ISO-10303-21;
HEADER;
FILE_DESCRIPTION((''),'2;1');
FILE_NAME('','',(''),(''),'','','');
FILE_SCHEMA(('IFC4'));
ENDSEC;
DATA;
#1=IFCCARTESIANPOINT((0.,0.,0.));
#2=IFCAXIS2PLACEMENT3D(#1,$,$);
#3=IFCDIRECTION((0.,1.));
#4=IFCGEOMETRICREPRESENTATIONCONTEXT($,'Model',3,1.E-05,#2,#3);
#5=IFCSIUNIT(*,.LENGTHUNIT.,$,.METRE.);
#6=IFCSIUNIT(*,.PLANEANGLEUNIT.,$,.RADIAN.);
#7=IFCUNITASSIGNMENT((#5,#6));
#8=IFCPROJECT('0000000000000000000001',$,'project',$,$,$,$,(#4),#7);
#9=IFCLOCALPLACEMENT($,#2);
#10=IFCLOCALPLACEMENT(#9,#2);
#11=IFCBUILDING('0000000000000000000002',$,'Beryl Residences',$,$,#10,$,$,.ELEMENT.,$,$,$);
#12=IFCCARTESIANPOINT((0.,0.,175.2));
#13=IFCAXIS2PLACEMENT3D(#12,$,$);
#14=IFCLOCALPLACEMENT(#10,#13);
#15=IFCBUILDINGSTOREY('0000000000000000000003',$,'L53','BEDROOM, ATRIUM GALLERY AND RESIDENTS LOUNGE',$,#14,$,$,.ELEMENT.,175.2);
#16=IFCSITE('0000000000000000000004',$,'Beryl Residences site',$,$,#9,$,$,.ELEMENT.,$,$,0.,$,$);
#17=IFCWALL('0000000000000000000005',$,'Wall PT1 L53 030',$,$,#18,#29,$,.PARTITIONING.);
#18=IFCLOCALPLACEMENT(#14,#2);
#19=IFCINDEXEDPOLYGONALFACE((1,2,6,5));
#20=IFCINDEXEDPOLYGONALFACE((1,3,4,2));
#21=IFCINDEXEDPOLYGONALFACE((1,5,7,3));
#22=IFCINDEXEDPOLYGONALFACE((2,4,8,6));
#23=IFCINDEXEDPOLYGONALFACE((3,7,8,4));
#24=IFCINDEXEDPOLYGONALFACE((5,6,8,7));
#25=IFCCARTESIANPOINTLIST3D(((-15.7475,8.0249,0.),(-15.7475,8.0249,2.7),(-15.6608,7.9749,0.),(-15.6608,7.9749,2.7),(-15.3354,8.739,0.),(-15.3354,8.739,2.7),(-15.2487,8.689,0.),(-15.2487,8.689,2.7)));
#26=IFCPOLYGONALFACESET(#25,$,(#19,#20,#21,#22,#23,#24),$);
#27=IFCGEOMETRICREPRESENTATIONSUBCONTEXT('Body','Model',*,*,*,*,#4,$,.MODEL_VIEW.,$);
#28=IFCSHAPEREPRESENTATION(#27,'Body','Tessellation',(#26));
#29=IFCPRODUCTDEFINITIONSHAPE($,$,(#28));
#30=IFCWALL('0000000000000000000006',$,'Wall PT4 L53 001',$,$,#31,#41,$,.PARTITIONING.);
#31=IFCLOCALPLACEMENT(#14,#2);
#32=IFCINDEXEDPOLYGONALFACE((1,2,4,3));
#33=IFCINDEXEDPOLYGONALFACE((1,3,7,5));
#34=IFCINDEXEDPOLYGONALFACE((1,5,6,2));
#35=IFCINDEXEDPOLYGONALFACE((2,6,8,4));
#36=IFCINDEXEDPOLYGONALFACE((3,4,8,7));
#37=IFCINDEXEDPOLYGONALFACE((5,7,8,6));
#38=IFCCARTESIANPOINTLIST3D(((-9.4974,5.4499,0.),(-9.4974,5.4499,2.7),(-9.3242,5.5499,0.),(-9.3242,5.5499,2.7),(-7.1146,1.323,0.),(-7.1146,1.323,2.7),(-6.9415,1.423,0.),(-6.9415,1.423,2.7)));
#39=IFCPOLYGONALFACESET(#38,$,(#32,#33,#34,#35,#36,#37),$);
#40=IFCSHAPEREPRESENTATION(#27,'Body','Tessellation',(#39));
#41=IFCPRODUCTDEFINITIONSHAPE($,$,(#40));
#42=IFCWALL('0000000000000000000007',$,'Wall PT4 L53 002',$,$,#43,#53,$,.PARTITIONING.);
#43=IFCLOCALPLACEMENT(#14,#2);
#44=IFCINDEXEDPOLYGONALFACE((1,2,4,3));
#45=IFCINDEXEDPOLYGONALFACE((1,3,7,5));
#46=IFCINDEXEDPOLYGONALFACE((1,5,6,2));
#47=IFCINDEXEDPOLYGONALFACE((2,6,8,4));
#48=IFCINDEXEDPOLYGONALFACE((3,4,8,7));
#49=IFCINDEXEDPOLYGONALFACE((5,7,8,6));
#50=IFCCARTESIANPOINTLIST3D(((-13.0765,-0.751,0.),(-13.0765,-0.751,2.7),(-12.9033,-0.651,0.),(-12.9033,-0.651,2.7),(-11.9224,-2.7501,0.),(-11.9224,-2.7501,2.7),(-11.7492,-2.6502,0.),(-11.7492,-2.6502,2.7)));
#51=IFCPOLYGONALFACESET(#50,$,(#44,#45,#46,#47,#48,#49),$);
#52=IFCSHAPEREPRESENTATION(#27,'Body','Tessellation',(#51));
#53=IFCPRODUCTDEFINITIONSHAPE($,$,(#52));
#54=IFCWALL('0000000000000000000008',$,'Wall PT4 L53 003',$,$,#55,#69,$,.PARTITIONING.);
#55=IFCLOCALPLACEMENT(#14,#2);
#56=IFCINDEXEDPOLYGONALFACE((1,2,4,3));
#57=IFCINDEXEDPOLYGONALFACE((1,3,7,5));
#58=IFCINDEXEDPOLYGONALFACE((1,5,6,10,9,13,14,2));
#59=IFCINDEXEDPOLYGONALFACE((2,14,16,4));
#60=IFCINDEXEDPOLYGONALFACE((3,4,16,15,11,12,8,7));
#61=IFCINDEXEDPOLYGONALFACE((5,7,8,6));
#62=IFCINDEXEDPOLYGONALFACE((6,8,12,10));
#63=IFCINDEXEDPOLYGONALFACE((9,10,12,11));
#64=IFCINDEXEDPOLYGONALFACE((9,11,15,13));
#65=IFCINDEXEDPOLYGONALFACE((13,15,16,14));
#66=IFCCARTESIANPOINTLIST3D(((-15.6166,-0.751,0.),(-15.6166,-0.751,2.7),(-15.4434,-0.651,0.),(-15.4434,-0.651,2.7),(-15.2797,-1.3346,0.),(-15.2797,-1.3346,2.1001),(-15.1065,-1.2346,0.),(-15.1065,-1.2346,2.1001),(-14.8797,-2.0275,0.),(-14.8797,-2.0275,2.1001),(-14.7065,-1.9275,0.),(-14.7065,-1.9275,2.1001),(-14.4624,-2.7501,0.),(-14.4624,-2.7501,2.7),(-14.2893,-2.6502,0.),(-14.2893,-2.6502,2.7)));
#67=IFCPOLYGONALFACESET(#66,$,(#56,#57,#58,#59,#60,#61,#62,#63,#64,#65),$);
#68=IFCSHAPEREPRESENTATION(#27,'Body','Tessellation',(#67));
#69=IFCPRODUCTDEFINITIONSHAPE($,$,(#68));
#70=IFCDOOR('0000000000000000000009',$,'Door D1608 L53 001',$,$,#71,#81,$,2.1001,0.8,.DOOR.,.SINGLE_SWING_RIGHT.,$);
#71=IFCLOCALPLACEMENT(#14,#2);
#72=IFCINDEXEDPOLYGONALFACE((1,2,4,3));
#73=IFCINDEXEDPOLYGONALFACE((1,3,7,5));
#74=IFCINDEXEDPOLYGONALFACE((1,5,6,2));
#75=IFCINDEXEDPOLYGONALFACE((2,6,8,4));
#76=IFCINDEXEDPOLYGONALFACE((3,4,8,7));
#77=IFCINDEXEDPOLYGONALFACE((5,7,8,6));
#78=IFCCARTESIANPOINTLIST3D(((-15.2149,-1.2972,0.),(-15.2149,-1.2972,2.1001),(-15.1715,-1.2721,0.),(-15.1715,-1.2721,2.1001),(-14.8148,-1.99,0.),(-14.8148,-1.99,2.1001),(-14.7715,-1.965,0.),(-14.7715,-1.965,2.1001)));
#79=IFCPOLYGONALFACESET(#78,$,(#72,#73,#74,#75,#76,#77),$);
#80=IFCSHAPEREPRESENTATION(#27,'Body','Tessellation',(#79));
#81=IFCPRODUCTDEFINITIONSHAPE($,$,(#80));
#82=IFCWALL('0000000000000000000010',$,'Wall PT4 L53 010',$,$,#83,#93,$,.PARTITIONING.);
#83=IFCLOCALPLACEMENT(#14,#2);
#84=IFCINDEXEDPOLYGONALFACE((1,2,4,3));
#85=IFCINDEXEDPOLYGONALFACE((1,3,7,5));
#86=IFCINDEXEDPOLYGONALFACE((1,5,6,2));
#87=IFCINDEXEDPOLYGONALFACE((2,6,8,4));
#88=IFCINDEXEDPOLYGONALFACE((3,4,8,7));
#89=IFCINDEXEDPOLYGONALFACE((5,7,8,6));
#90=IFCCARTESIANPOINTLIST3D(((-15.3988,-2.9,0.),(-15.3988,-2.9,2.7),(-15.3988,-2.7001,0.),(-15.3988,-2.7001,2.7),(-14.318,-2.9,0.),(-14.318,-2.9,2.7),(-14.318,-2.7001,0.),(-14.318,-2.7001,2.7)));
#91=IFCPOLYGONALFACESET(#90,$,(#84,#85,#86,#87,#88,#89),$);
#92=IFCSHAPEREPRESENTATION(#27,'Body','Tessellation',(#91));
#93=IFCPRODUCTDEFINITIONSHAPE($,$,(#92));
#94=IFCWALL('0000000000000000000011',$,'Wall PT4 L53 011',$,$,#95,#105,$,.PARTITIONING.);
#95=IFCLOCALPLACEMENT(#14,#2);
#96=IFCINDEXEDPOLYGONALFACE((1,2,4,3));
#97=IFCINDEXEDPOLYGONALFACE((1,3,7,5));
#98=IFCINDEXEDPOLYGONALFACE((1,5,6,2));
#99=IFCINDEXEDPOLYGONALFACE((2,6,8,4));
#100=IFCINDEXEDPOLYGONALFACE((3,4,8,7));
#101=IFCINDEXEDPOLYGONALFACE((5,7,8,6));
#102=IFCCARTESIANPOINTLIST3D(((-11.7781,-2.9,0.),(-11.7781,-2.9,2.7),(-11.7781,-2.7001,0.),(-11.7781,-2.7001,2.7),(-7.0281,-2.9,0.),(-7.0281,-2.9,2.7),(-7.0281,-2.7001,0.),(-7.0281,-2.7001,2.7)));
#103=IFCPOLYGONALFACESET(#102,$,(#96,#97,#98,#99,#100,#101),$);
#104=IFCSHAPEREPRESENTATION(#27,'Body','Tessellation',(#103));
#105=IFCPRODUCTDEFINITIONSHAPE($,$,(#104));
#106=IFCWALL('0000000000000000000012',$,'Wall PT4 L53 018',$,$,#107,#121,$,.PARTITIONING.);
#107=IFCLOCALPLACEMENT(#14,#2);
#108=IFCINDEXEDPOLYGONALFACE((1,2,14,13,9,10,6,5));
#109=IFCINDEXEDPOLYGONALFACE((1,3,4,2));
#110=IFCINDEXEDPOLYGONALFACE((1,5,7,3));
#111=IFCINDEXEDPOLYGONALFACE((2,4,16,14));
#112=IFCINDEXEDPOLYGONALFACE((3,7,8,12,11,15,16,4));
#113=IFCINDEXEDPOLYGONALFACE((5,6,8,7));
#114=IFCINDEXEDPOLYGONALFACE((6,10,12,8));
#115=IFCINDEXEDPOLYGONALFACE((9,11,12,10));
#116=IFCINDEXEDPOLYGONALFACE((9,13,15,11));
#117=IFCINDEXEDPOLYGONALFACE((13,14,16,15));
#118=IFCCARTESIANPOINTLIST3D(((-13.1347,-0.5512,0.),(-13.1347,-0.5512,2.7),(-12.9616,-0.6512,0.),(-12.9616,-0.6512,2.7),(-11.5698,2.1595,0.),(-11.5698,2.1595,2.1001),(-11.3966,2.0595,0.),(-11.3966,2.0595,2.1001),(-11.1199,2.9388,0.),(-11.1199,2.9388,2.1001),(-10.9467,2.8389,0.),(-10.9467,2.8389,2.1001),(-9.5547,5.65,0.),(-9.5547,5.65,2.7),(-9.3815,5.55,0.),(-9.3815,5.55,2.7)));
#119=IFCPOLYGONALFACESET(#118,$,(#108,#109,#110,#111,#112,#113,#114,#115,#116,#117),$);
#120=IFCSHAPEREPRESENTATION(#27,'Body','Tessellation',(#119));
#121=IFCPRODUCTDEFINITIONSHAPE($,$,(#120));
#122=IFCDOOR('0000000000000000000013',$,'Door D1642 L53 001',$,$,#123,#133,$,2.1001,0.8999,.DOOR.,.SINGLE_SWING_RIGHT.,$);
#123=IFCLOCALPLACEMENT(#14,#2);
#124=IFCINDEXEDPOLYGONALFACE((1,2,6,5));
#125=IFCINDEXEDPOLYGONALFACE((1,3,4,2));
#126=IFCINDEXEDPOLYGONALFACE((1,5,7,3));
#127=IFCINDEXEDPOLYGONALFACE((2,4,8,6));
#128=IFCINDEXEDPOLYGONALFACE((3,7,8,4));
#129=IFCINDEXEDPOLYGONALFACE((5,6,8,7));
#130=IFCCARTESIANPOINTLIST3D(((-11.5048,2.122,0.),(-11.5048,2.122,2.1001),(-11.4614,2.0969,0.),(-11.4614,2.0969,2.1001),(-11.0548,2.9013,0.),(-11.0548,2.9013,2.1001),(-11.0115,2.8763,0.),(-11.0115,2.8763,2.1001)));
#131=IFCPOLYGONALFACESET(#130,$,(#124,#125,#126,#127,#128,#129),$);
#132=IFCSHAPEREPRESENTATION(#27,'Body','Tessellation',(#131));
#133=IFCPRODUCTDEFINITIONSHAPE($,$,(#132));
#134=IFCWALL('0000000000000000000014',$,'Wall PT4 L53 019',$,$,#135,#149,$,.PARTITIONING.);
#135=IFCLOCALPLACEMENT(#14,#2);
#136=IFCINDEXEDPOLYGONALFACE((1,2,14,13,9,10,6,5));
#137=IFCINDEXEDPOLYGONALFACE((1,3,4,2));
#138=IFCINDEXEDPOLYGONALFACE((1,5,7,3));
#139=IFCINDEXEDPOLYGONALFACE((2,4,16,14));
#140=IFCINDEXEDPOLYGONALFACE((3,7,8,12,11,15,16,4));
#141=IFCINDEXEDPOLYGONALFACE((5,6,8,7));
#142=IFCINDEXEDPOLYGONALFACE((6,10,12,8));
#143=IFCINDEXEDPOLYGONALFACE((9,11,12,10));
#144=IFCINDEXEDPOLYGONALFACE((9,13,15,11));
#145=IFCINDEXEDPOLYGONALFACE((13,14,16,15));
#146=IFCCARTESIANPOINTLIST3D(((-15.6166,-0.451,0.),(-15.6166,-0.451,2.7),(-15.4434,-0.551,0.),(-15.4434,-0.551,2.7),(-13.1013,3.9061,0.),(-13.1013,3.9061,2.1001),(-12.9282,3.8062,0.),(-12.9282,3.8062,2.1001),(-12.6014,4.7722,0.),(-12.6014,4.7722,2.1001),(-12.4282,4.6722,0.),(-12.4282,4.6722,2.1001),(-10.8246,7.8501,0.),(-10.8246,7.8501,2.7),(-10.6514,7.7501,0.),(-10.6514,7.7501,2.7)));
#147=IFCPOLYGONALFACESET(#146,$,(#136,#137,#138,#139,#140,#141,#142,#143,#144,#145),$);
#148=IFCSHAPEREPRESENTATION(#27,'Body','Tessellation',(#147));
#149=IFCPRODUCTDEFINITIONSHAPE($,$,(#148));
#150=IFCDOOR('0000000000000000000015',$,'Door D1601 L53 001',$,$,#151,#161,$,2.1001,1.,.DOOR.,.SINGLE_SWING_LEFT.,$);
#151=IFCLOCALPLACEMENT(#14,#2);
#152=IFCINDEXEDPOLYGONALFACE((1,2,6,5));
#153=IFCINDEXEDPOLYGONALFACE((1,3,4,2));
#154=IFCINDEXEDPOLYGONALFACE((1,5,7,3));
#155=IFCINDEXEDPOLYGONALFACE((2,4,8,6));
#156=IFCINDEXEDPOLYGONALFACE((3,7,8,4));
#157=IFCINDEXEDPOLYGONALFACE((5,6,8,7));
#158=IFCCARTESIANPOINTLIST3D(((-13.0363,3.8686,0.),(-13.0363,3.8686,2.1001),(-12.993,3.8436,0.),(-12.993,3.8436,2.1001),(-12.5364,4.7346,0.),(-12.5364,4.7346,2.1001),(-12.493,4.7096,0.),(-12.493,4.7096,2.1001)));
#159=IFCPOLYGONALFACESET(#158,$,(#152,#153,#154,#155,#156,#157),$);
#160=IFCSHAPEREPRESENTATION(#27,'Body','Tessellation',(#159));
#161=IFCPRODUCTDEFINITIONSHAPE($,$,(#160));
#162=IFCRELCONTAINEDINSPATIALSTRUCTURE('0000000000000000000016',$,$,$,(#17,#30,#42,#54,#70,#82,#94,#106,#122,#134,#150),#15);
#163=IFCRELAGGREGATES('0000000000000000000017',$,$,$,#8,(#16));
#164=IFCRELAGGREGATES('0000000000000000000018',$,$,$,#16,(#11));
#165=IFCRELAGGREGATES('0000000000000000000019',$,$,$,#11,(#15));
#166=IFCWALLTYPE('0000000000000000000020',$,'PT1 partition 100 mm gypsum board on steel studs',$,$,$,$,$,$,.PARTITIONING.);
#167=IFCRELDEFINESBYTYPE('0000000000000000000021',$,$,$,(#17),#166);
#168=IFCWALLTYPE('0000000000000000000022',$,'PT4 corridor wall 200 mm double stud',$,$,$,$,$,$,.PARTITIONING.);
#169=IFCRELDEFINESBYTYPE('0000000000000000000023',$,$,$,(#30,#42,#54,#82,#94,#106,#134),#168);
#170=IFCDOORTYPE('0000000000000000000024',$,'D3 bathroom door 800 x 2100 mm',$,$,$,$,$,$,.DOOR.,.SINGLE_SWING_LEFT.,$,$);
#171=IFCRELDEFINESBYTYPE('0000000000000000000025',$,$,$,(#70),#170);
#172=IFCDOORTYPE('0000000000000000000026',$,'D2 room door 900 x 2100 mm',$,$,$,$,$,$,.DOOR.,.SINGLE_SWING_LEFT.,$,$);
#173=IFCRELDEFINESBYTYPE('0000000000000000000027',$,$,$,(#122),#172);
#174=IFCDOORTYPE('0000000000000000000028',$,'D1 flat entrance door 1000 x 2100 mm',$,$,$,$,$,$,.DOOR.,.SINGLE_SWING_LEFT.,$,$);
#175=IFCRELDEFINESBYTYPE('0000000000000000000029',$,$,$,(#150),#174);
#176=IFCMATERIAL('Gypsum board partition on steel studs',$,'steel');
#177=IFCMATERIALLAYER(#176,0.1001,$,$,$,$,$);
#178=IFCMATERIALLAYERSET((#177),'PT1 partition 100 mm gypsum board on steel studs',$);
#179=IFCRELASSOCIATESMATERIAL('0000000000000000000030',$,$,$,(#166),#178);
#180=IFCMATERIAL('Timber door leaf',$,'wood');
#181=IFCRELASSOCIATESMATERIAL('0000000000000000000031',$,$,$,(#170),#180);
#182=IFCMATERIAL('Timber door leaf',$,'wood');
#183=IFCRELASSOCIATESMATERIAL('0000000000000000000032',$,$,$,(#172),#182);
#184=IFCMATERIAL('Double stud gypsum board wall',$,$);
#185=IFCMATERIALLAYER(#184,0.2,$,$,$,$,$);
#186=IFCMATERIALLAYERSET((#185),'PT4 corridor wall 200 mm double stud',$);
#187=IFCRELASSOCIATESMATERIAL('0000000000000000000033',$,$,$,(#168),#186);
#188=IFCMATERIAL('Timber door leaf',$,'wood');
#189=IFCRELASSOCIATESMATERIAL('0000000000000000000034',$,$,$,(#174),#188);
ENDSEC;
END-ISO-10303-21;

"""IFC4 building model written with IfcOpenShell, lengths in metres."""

from ifc_helpers import new_model, si_unit, direction, frame, frame_2d, origin, place, context, subcontext, project, spatial, rectangle, extrude, material, layer, layer_set, type_object, element, fill, save


model = new_model("IFC4")

# Units and contexts
model_context = context("Model", 3, precision=1e-05, world=origin(), true_north=direction((0.0, 1.0)))
body_context = subcontext(model_context, "Body", "Model", "MODEL_VIEW")
ifc_project = project(units=[si_unit("LENGTHUNIT", "METRE"), si_unit("PLANEANGLEUNIT", "RADIAN")], contexts=[model_context])

# Site, building, storey
site_placement = place(None, origin())
site = spatial("IfcSite", under=ifc_project, at=site_placement, Name="Beryl Residences site", CompositionType="ELEMENT", RefElevation=0.0)
building_placement = place(site_placement, origin())
building = spatial("IfcBuilding", under=site, at=building_placement, Name="Beryl Residences", CompositionType="ELEMENT")
storey_placement = place(building_placement, frame((0.0, 0.0, 175.2)))
storey = spatial("IfcBuildingStorey", under=building, at=storey_placement, Name="L53", Description="BEDROOM, ATRIUM GALLERY AND RESIDENTS LOUNGE", CompositionType="ELEMENT", Elevation=175.2)

# Shared definitions
ifc_material_1 = material(Name="Gypsum board partition on steel studs", Category="steel")
ifc_layer_1 = layer(ifc_material_1, 0.1001)
ifc_layer_set_1 = layer_set([ifc_layer_1], Name="PT1 partition 100 mm gypsum board on steel studs")
wall_type_1 = type_object("IfcWallType", Name="PT1 partition 100 mm gypsum board on steel studs", PredefinedType="PARTITIONING", material=ifc_layer_set_1)
ifc_material_2 = material(Name="Timber door leaf", Category="wood")
door_type_1 = type_object("IfcDoorType", Name="D3 bathroom door 800 x 2100 mm", OperationType="SINGLE_SWING_LEFT", PredefinedType="DOOR", material=ifc_material_2)
ifc_material_3 = material(Name="Timber door leaf", Category="wood")
door_type_2 = type_object("IfcDoorType", Name="D2 room door 900 x 2100 mm", OperationType="SINGLE_SWING_LEFT", PredefinedType="DOOR", material=ifc_material_3)

# Walls
wall_1_placement = place(storey_placement, frame((-15.7041, 8.0, 0.0), z_axis=(0.0, 0.0, 1.0), x_axis=(0.499834, 0.866121, 0.0)))
element("IfcWall", 1, at=wall_1_placement, inside=storey, type_object=wall_type_1, Name="Wall PT1 L53 030", PredefinedType="PARTITIONING", context=body_context, shape_type="SweptSolid", body=[
    extrude(rectangle(XDim=0.8245, YDim=0.1001, at=frame_2d((0.4121, 0.0))), origin(), (0.0, 0.0, 1.0), 2.7),
])
ifc_material_4 = material(Name="Double stud gypsum board wall")
ifc_layer_2 = layer(ifc_material_4, 0.2)
ifc_layer_set_2 = layer_set([ifc_layer_2], Name="PT4 corridor wall 200 mm double stud")
wall_type_2 = type_object("IfcWallType", Name="PT4 corridor wall 200 mm double stud", PredefinedType="PARTITIONING", material=ifc_layer_set_2)
wall_2_placement = place(storey_placement, frame((-9.4109, 5.5, 0.0), z_axis=(0.0, 0.0, 1.0), x_axis=(0.500018, -0.866015, 0.0)))
element("IfcWall", 2, at=wall_2_placement, inside=storey, type_object=wall_type_2, Name="Wall PT4 L53 001", PredefinedType="PARTITIONING", context=body_context, shape_type="SweptSolid", body=[
    extrude(rectangle(XDim=4.7654, YDim=0.2, at=frame_2d((2.3828, 0.0))), origin(), (0.0, 0.0, 1.0), 2.7),
])
wall_3_placement = place(storey_placement, frame((-12.99, -0.7009, 0.0), z_axis=(0.0, 0.0, 1.0), x_axis=(0.499973, -0.866041, 0.0)))
element("IfcWall", 3, at=wall_3_placement, inside=storey, type_object=wall_type_2, Name="Wall PT4 L53 002", PredefinedType="PARTITIONING", context=body_context, shape_type="SweptSolid", body=[
    extrude(rectangle(XDim=2.3083, YDim=0.2, at=frame_2d((1.1543, 0.0))), origin(), (0.0, 0.0, 1.0), 2.7),
])

# Wall, opening, door
wall_4_placement = place(storey_placement, frame((-15.53, -0.7009, 0.0), z_axis=(0.0, 0.0, 1.0), x_axis=(0.499973, -0.866041, 0.0)))
wall_4 = element("IfcWall", 4, at=wall_4_placement, inside=storey, type_object=wall_type_2, Name="Wall PT4 L53 003", PredefinedType="PARTITIONING", context=body_context, shape_type="SweptSolid", body=[
    extrude(rectangle(XDim=2.3083, YDim=0.2, at=frame_2d((1.1543, 0.0))), origin(), (0.0, 0.0, 1.0), 2.7),
])
opening_1_placement = place(wall_4_placement, frame((0.6741, 0.0, 0.0)))
opening_1 = element("IfcOpeningElement", 5, at=opening_1_placement, cuts=wall_4, PredefinedType="OPENING", context=body_context, shape_type="SweptSolid", body=[
    extrude(rectangle(XDim=0.8, YDim=2.1001, at=frame_2d((0.3999, 1.05))), frame((0.0, 0.1099, 0.0), z_axis=(0.0, -1.0, 0.0), x_axis=(1.0, 0.0, 0.0)), (0.0, 0.0, 1.0), 0.22),
])
door_1_placement = place(opening_1_placement, origin())
door_1 = element("IfcDoor", 6, at=door_1_placement, inside=storey, type_object=door_type_1, Name="Door D1608 L53 001", OperationType="SINGLE_SWING_RIGHT", OverallHeight=2.1001, OverallWidth=0.8, PredefinedType="DOOR", context=body_context, shape_type="SweptSolid", body=[
    extrude(rectangle(XDim=0.8, YDim=2.1001, at=frame_2d((0.3999, 1.05))), frame((0.0, 0.0249, 0.0), z_axis=(0.0, -1.0, 0.0), x_axis=(1.0, 0.0, 0.0)), (0.0, 0.0, 1.0), 0.05),
])
fill(opening_1, door_1)

# Walls
wall_5_placement = place(storey_placement, frame((-15.3989, -2.8, 0.0), z_axis=(0.0, 0.0, 1.0), x_axis=(1.0, 0.0, 0.0)))
element("IfcWall", 7, at=wall_5_placement, inside=storey, type_object=wall_type_2, Name="Wall PT4 L53 010", PredefinedType="PARTITIONING", context=body_context, shape_type="SweptSolid", body=[
    extrude(rectangle(XDim=1.0808, YDim=0.2, at=frame_2d((0.5405, 0.0))), origin(), (0.0, 0.0, 1.0), 2.7),
])
wall_6_placement = place(storey_placement, frame((-11.7781, -2.8, 0.0), z_axis=(0.0, 0.0, 1.0), x_axis=(1.0, 0.0, 0.0)))
element("IfcWall", 8, at=wall_6_placement, inside=storey, type_object=wall_type_2, Name="Wall PT4 L53 011", PredefinedType="PARTITIONING", context=body_context, shape_type="SweptSolid", body=[
    extrude(rectangle(XDim=4.75, YDim=0.2, at=frame_2d((2.375, 0.0))), origin(), (0.0, 0.0, 1.0), 2.7),
])

# Walls, openings, doors
wall_7_placement = place(storey_placement, frame((-13.0481, -0.6011, 0.0), z_axis=(0.0, 0.0, 1.0), x_axis=(0.499982, 0.866036, 0.0)))
wall_7 = element("IfcWall", 9, at=wall_7_placement, inside=storey, type_object=wall_type_2, Name="Wall PT4 L53 018", PredefinedType="PARTITIONING", context=body_context, shape_type="SweptSolid", body=[
    extrude(rectangle(XDim=7.1604, YDim=0.2, at=frame_2d((3.5801, 0.0))), origin(), (0.0, 0.0, 1.0), 2.7),
])
opening_2_placement = place(wall_7_placement, frame((3.1299, 0.0, 0.0)))
opening_2 = element("IfcOpeningElement", 10, at=opening_2_placement, cuts=wall_7, PredefinedType="OPENING", context=body_context, shape_type="SweptSolid", body=[
    extrude(rectangle(XDim=0.8999, YDim=2.1001, at=frame_2d((0.45, 1.05))), frame((0.0, 0.1099, 0.0), z_axis=(0.0, -1.0, 0.0), x_axis=(1.0, 0.0, 0.0)), (0.0, 0.0, 1.0), 0.22),
])
door_2_placement = place(opening_2_placement, origin())
door_2 = element("IfcDoor", 11, at=door_2_placement, inside=storey, type_object=door_type_2, Name="Door D1642 L53 001", OperationType="SINGLE_SWING_RIGHT", OverallHeight=2.1001, OverallWidth=0.8999, PredefinedType="DOOR", context=body_context, shape_type="SweptSolid", body=[
    extrude(rectangle(XDim=0.8999, YDim=2.1001, at=frame_2d((0.45, 1.05))), frame((0.0, 0.0249, 0.0), z_axis=(0.0, -1.0, 0.0), x_axis=(1.0, 0.0, 0.0)), (0.0, 0.0, 1.0), 0.05),
])
fill(opening_2, door_2)
wall_8_placement = place(storey_placement, frame((-15.53, -0.501, 0.0), z_axis=(0.0, 0.0, 1.0), x_axis=(0.499952, 0.866053, 0.0)))
wall_8 = element("IfcWall", 12, at=wall_8_placement, inside=storey, type_object=wall_type_2, Name="Wall PT4 L53 019", PredefinedType="PARTITIONING", context=body_context, shape_type="SweptSolid", body=[
    extrude(rectangle(XDim=9.585, YDim=0.2, at=frame_2d((4.7925, 0.0))), origin(), (0.0, 0.0, 1.0), 2.7),
])
opening_3_placement = place(wall_8_placement, frame((5.031, 0.0, 0.0)))
opening_3 = element("IfcOpeningElement", 13, at=opening_3_placement, cuts=wall_8, PredefinedType="OPENING", context=body_context, shape_type="SweptSolid", body=[
    extrude(rectangle(XDim=1.0, YDim=2.1001, at=frame_2d((0.5, 1.05))), frame((0.0, 0.1099, 0.0), z_axis=(0.0, -1.0, 0.0), x_axis=(1.0, 0.0, 0.0)), (0.0, 0.0, 1.0), 0.22),
])
ifc_material_5 = material(Name="Timber door leaf", Category="wood")
door_type_3 = type_object("IfcDoorType", Name="D1 flat entrance door 1000 x 2100 mm", OperationType="SINGLE_SWING_LEFT", PredefinedType="DOOR", material=ifc_material_5)
door_3_placement = place(opening_3_placement, origin())
door_3 = element("IfcDoor", 14, at=door_3_placement, inside=storey, type_object=door_type_3, Name="Door D1601 L53 001", OperationType="SINGLE_SWING_LEFT", OverallHeight=2.1001, OverallWidth=1.0, PredefinedType="DOOR", context=body_context, shape_type="SweptSolid", body=[
    extrude(rectangle(XDim=1.0, YDim=2.1001, at=frame_2d((0.5, 1.05))), frame((0.0, 0.0249, 0.0), z_axis=(0.0, -1.0, 0.0), x_axis=(1.0, 0.0, 0.0)), (0.0, 0.0, 1.0), 0.05),
])
fill(opening_3, door_3)

save(model, "model.ifc")
